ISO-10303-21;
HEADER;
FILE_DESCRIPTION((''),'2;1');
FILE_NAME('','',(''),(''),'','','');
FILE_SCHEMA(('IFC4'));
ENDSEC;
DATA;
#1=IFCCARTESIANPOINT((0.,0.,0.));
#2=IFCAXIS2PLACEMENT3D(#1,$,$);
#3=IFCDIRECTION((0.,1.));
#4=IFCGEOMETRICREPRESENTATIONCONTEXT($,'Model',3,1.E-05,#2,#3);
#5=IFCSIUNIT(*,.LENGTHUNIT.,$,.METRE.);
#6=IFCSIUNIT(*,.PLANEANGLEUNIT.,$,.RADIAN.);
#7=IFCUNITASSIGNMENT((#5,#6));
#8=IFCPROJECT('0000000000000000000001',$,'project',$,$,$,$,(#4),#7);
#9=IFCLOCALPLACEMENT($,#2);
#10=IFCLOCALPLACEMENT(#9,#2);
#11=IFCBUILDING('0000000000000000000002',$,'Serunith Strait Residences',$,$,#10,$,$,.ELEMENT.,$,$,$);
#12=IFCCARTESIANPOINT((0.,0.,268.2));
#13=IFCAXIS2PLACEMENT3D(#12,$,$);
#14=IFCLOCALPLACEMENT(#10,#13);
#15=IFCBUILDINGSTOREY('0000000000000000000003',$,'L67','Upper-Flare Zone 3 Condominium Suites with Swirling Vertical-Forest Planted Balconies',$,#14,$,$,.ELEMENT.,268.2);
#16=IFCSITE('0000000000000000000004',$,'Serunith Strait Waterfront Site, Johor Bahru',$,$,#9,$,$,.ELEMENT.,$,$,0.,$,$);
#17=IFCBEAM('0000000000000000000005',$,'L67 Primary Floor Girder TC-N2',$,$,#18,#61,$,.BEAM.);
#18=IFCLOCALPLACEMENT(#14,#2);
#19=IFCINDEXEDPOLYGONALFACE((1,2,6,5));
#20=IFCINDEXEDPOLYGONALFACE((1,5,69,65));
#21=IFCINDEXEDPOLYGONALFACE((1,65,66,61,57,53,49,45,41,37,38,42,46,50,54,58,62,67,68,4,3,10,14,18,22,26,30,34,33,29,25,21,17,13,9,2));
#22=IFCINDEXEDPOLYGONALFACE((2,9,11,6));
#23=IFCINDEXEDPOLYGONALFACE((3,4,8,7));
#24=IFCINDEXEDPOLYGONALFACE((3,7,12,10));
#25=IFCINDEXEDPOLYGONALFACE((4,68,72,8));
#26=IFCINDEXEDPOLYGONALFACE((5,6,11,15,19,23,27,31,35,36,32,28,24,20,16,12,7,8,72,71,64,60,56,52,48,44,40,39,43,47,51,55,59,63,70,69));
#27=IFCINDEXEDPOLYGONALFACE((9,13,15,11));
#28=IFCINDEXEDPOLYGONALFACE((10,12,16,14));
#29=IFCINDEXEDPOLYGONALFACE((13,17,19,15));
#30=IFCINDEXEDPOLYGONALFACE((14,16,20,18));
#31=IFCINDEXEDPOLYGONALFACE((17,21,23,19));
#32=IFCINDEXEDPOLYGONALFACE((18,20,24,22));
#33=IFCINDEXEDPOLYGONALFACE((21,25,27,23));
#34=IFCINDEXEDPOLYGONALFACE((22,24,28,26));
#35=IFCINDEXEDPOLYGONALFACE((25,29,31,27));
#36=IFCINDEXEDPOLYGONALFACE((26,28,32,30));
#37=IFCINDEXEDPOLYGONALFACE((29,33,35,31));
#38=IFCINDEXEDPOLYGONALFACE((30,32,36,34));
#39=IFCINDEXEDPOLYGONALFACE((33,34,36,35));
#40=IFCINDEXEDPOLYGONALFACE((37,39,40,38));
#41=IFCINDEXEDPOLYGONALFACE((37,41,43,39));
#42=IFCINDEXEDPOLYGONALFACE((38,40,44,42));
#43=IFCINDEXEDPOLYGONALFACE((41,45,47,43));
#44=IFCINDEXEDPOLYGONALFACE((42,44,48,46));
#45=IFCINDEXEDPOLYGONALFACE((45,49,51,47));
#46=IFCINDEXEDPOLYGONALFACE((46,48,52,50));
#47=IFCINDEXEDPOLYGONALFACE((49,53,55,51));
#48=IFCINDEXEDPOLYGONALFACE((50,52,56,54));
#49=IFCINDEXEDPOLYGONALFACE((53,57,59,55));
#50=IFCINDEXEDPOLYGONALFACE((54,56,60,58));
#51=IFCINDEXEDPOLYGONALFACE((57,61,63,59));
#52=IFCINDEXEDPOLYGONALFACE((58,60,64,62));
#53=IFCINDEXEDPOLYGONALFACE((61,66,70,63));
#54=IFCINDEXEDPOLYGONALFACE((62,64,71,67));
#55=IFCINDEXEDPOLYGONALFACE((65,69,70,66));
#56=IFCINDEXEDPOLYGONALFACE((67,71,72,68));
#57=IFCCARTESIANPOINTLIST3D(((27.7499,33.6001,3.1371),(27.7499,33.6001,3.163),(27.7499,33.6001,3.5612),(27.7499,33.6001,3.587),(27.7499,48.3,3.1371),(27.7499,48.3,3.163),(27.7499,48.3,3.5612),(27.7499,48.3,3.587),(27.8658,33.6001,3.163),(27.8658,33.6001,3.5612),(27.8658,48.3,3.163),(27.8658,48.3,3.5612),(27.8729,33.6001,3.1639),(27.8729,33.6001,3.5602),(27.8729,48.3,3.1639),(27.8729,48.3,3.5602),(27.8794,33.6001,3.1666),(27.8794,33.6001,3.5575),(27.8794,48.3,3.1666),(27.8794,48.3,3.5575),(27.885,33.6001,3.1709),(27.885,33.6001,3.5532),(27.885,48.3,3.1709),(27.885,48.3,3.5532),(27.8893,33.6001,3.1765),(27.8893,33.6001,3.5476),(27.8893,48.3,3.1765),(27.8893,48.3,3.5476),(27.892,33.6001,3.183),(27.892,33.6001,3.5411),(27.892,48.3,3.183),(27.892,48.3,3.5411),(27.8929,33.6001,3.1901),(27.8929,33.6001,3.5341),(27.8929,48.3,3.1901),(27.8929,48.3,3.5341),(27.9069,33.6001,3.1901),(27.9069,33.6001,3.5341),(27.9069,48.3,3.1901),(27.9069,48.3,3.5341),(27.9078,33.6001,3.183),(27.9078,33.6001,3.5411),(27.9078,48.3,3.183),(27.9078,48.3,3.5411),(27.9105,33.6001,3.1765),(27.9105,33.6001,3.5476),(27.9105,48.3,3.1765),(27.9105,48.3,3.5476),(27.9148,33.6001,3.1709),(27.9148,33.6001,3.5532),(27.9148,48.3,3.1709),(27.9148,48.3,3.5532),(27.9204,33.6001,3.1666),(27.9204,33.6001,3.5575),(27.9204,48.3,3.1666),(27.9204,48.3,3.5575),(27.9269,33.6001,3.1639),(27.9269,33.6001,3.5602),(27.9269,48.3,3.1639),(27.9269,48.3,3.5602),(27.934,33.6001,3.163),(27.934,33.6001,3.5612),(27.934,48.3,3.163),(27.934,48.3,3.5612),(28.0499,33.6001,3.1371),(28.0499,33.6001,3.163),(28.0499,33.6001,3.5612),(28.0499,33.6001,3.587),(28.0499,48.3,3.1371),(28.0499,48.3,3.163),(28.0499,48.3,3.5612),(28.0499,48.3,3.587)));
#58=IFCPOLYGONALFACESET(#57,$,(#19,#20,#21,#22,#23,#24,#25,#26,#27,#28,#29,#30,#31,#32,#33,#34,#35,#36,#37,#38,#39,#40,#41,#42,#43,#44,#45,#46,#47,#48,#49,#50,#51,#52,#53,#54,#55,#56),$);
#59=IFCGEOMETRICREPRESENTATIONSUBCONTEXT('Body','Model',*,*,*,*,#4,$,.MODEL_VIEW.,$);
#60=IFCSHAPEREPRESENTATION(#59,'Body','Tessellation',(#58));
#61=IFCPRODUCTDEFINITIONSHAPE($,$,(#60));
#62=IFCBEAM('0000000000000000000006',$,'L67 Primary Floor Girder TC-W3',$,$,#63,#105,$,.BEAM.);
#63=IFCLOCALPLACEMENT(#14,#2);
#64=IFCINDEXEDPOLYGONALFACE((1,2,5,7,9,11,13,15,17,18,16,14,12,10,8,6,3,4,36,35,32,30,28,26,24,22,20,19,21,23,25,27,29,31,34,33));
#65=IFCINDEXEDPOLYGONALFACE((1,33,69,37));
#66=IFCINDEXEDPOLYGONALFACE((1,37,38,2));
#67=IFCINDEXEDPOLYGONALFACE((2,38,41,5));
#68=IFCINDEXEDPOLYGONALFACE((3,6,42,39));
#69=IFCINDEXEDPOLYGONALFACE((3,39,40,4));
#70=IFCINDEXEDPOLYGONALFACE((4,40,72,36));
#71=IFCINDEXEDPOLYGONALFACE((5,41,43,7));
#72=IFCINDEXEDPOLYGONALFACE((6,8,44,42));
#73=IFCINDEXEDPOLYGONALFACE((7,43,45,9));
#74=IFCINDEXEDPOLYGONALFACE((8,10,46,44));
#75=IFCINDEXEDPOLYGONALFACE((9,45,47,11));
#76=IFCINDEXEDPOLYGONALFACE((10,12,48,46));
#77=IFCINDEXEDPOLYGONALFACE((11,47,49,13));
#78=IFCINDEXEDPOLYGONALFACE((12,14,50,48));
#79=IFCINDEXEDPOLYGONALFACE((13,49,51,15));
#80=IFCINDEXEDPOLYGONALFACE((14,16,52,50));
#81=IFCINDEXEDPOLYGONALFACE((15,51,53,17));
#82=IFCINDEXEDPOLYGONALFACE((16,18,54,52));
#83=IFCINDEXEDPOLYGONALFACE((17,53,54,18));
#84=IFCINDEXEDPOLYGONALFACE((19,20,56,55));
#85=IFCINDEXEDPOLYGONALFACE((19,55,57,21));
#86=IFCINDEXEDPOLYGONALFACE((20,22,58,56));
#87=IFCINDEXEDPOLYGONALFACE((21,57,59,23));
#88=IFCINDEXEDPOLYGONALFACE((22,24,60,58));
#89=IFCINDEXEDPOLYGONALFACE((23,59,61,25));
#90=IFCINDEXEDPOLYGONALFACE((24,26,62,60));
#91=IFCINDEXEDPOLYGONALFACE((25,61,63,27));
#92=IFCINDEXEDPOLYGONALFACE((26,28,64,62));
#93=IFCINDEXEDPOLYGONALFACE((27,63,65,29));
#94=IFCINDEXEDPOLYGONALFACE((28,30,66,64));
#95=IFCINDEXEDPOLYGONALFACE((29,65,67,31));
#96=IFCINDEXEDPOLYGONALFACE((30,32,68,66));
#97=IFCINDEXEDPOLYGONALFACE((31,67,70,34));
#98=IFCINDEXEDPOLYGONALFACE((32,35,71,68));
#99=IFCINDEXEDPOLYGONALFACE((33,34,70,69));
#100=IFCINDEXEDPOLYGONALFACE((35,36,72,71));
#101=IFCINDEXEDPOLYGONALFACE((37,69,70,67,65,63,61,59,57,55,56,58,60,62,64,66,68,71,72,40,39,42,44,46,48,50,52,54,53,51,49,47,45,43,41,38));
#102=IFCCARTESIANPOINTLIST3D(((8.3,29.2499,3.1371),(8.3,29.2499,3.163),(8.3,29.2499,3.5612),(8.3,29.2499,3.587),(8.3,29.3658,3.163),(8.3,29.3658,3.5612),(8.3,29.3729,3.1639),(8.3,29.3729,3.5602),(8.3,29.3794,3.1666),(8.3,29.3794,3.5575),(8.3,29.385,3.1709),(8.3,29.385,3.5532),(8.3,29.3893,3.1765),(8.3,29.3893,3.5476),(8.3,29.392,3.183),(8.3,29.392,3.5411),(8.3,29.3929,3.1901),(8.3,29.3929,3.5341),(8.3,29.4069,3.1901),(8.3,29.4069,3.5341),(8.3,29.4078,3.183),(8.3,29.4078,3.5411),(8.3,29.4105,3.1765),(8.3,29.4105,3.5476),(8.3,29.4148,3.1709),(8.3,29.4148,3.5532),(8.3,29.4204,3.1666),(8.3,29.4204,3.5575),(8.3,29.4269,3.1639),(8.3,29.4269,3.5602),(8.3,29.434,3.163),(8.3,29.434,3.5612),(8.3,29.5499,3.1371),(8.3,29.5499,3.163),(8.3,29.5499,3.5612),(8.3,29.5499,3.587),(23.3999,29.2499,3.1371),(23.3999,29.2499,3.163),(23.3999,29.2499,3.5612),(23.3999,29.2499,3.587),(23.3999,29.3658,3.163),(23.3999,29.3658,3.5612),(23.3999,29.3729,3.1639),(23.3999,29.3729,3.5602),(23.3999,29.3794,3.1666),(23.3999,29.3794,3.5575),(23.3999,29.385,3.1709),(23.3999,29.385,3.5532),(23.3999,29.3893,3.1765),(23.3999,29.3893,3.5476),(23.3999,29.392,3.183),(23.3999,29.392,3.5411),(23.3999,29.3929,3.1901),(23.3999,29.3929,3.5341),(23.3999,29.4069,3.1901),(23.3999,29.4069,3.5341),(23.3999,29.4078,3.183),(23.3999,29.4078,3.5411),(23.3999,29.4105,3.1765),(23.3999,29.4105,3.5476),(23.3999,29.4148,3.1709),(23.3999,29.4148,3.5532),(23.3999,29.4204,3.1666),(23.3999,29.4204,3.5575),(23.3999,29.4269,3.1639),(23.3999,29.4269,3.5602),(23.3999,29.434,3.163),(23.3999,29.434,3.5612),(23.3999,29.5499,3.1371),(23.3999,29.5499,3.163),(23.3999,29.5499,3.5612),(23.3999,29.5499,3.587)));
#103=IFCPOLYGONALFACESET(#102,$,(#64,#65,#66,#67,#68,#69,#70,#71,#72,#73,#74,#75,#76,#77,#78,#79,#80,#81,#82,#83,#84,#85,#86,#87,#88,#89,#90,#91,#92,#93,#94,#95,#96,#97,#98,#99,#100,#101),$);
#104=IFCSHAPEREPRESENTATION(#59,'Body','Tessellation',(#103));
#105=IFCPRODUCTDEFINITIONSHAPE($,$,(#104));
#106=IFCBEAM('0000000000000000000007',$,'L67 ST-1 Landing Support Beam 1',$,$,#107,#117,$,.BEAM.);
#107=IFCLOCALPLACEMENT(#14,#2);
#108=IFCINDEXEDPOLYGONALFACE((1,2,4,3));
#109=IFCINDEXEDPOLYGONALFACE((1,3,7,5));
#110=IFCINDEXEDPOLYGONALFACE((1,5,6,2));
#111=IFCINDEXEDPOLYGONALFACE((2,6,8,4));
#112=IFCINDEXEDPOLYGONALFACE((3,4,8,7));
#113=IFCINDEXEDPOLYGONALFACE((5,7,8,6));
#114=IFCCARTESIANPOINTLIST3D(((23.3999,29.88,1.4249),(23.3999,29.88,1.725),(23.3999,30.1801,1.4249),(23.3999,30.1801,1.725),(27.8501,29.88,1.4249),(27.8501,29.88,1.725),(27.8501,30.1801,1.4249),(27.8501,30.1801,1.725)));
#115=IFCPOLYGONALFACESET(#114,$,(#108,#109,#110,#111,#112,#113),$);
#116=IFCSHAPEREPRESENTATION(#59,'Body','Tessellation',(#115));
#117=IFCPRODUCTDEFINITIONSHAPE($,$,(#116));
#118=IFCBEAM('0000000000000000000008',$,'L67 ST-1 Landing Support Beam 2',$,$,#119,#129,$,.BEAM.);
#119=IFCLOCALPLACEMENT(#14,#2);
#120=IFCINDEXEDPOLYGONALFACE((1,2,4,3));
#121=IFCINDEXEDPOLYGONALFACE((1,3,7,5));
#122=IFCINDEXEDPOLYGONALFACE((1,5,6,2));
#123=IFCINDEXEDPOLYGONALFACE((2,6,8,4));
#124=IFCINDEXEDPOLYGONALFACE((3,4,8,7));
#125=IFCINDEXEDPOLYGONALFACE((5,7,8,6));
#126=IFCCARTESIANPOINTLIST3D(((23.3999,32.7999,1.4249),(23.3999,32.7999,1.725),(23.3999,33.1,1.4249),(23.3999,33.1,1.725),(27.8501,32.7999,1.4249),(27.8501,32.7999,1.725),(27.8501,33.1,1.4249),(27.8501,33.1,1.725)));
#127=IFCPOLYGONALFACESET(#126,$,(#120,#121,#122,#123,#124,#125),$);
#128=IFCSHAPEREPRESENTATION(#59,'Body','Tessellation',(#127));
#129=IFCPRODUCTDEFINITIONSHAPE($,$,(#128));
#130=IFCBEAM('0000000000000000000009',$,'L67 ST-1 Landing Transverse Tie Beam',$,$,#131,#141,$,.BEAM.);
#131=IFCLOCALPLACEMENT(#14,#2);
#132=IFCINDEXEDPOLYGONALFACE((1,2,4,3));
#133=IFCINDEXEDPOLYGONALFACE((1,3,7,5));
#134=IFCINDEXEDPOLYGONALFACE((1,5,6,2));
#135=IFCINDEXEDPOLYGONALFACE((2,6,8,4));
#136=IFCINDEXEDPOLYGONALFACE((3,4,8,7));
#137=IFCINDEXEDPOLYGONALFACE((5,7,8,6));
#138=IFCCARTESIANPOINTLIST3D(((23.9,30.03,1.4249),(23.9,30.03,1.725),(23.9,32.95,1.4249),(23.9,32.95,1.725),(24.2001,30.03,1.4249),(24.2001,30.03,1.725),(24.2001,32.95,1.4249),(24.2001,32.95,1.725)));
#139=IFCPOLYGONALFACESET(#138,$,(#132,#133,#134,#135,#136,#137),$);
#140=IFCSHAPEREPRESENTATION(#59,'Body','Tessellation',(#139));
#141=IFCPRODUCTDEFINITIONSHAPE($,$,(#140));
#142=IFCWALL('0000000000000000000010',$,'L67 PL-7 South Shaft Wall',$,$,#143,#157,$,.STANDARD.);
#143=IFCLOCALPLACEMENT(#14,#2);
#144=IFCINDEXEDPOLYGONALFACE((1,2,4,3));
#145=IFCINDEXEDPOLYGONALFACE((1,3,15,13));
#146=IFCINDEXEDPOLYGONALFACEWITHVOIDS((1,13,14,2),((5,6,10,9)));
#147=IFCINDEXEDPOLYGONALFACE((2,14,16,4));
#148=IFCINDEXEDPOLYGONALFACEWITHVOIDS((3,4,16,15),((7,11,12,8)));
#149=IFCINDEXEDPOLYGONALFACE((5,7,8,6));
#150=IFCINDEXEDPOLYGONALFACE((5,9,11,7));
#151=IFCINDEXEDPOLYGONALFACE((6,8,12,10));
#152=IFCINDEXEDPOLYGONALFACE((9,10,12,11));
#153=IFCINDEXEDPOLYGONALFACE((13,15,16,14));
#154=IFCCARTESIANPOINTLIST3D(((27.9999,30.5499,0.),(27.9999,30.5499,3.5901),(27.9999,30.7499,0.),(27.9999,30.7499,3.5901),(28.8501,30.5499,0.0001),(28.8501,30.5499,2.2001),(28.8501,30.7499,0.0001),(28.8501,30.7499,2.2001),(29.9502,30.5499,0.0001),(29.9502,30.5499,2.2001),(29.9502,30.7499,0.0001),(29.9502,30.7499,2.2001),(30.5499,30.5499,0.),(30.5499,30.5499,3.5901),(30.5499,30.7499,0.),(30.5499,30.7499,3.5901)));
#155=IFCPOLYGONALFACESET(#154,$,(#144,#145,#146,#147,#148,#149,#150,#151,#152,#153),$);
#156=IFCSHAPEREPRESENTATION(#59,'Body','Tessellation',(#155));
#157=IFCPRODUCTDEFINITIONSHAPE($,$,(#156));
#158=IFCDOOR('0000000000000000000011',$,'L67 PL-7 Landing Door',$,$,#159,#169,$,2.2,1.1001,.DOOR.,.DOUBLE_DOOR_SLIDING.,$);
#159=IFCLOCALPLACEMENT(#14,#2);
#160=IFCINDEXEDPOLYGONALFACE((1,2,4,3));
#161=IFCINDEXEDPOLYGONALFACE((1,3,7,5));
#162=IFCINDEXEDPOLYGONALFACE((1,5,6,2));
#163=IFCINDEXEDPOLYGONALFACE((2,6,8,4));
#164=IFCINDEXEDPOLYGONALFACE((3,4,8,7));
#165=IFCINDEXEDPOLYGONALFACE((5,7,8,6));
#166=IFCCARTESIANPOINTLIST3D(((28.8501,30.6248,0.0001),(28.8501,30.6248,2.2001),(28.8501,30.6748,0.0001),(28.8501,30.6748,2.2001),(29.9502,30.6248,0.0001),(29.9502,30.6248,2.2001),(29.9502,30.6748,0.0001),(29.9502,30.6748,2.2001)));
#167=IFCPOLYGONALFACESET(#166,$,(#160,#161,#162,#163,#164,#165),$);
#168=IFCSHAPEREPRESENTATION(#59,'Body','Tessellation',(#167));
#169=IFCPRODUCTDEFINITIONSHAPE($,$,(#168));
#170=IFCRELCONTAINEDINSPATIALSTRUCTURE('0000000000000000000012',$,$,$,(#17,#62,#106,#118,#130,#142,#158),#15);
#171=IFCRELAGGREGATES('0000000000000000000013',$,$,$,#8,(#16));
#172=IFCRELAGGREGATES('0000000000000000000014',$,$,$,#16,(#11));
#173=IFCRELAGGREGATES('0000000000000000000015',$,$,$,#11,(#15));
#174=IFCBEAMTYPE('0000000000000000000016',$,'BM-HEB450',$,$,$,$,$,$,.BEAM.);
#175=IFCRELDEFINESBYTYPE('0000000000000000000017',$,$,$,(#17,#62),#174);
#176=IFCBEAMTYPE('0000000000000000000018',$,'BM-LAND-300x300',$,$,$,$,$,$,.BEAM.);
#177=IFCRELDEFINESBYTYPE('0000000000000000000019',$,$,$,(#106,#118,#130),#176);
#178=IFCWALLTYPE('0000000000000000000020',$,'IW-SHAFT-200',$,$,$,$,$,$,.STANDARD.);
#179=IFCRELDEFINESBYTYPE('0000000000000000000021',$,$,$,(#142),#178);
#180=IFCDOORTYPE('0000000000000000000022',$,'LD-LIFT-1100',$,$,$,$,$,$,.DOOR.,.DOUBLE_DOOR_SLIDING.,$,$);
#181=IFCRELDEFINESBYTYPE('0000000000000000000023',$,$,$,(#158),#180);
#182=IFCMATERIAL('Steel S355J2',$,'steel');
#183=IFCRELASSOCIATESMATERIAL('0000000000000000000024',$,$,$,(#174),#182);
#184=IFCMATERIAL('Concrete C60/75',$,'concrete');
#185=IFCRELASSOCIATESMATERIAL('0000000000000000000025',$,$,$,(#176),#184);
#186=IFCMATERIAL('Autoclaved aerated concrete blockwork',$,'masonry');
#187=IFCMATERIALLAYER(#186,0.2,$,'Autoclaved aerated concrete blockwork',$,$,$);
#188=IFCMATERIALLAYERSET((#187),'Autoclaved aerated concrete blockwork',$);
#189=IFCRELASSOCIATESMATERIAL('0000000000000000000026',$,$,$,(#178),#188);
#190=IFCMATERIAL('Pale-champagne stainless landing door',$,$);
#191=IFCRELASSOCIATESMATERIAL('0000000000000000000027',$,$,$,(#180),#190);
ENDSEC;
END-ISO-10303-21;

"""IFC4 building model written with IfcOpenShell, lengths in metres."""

from ifc_helpers import new_model, si_unit, direction, frame, frame_2d, origin, origin_2d, place, context, subcontext, project, spatial, rectangle, i_section, extrude, source, transform, mapped, material, layer, layer_set, material_profile, profile_set, type_object, element, fill, save


model = new_model("IFC4")

# Units and contexts
model_context = context("Model", 3, precision=1e-05, world=origin(), true_north=direction((0.0, 1.0)))
body_context = subcontext(model_context, "Body", "Model", "MODEL_VIEW")
ifc_project = project(units=[si_unit("LENGTHUNIT", "METRE"), si_unit("PLANEANGLEUNIT", "RADIAN")], contexts=[model_context])

# Site, building, storey
site_placement = place(None, origin())
site = spatial("IfcSite", under=ifc_project, at=site_placement, Name="Serunith Strait Waterfront Site, Johor Bahru", CompositionType="ELEMENT", RefElevation=0.0)
building_placement = place(site_placement, origin())
building = spatial("IfcBuilding", under=site, at=building_placement, Name="Serunith Strait Residences", CompositionType="ELEMENT")
storey_placement = place(building_placement, frame((0.0, 0.0, 268.2)))
storey = spatial("IfcBuildingStorey", under=building, at=storey_placement, Name="L67", Description="Upper-Flare Zone 3 Condominium Suites with Swirling Vertical-Forest Planted Balconies", CompositionType="ELEMENT", Elevation=268.2)

# Beams
ifc_material_1 = material(Name="Steel S355J2", Category="steel")
ifc_material_profile_1 = material_profile(ifc_material_1, i_section(OverallWidth=0.3, OverallDepth=0.45, WebThickness=0.0139, FlangeThickness=0.0259, FilletRadius=0.0271, at=origin_2d()), Name="HEB 450")
ifc_profile_set_1 = profile_set([ifc_material_profile_1], Name="Steel S355J2")
beam_type_1 = type_object("IfcBeamType", Name="BM-HEB450", PredefinedType="BEAM", material=ifc_profile_set_1)
shared_shape_1 = source(origin(), body_context, "Body", "SweptSolid", [
    extrude(i_section(OverallWidth=0.3, OverallDepth=0.45, WebThickness=0.0139, FlangeThickness=0.0259, FilletRadius=0.0271, at=origin_2d()), origin(), (0.0, 0.0, 1.0), 14.7),
])
beam_1_placement = place(storey_placement, frame((27.8999, 33.6001, 3.3621), z_axis=(0.0, 1.0, 0.0), x_axis=(-1.0, 0.0, 0.0)))
element("IfcBeam", 1, at=beam_1_placement, inside=storey, type_object=beam_type_1, Name="L67 Primary Floor Girder TC-N2", PredefinedType="BEAM", context=body_context, shape_type="MappedRepresentation", body=[
    mapped(shared_shape_1, transform((0.0, 0.0, 0.0), scale=1.0)),
])
shared_shape_2 = source(origin(), body_context, "Body", "SweptSolid", [
    extrude(i_section(OverallWidth=0.3, OverallDepth=0.45, WebThickness=0.0139, FlangeThickness=0.0259, FilletRadius=0.0271, at=origin_2d()), origin(), (0.0, 0.0, 1.0), 15.0999),
])
beam_2_placement = place(storey_placement, frame((23.3999, 29.3999, 3.3621), z_axis=(-1.0, 0.0, 0.0), x_axis=(0.0, -1.0, 0.0)))
element("IfcBeam", 2, at=beam_2_placement, inside=storey, type_object=beam_type_1, Name="L67 Primary Floor Girder TC-W3", PredefinedType="BEAM", context=body_context, shape_type="MappedRepresentation", body=[
    mapped(shared_shape_2, transform((0.0, 0.0, 0.0), scale=1.0)),
])
ifc_material_2 = material(Name="Concrete C60/75", Category="concrete")
ifc_material_profile_2 = material_profile(ifc_material_2, rectangle(XDim=0.3, YDim=0.3, at=origin_2d()), Name="RC 300x300")
ifc_profile_set_2 = profile_set([ifc_material_profile_2], Name="Concrete C60/75")
beam_type_2 = type_object("IfcBeamType", Name="BM-LAND-300x300", PredefinedType="BEAM", material=ifc_profile_set_2)
shared_shape_3 = source(origin(), body_context, "Body", "SweptSolid", [
    extrude(rectangle(XDim=0.3, YDim=0.3, at=origin_2d()), origin(), (0.0, 0.0, 1.0), 4.4502),
])
for number, where, z_axis, x_axis, name in (
    (3, (23.3999, 30.03, 1.575), (1.0, 0.0, 0.0), (0.0, 1.0, 0.0), "L67 ST-1 Landing Support Beam 1"),
    (4, (23.3999, 32.95, 1.575), (1.0, 0.0, 0.0), (0.0, 1.0, 0.0), "L67 ST-1 Landing Support Beam 2"),
):
    element("IfcBeam", number, at=place(storey_placement, frame(where, z_axis=z_axis, x_axis=x_axis)), inside=storey, type_object=beam_type_2, Name=name, PredefinedType="BEAM", context=body_context, shape_type="MappedRepresentation", body=[
        mapped(shared_shape_3, transform((0.0, 0.0, 0.0), scale=1.0)),
    ])
shared_shape_4 = source(origin(), body_context, "Body", "SweptSolid", [
    extrude(rectangle(XDim=0.3, YDim=0.3, at=origin_2d()), origin(), (0.0, 0.0, 1.0), 2.9199),
])
beam_3_placement = place(storey_placement, frame((24.05, 30.03, 1.575), z_axis=(0.0, 1.0, 0.0), x_axis=(-1.0, 0.0, 0.0)))
element("IfcBeam", 5, at=beam_3_placement, inside=storey, type_object=beam_type_2, Name="L67 ST-1 Landing Transverse Tie Beam", PredefinedType="BEAM", context=body_context, shape_type="MappedRepresentation", body=[
    mapped(shared_shape_4, transform((0.0, 0.0, 0.0), scale=1.0)),
])

# Wall, opening, door
ifc_material_3 = material(Name="Autoclaved aerated concrete blockwork", Category="masonry")
ifc_layer = layer(ifc_material_3, 0.2, Name="Autoclaved aerated concrete blockwork")
ifc_layer_set = layer_set([ifc_layer], Name="Autoclaved aerated concrete blockwork")
wall_type = type_object("IfcWallType", Name="IW-SHAFT-200", PredefinedType="STANDARD", material=ifc_layer_set)
wall_1_placement = place(storey_placement, frame((28.0, 30.6499, 0.0), z_axis=(0.0, 0.0, 1.0), x_axis=(1.0, 0.0, 0.0)))
wall_1 = element("IfcWall", 6, at=wall_1_placement, inside=storey, type_object=wall_type, Name="L67 PL-7 South Shaft Wall", PredefinedType="STANDARD", context=body_context, shape_type="SweptSolid", body=[
    extrude(rectangle(XDim=2.55, YDim=0.2, at=frame_2d((1.2749, 0.0))), origin(), (0.0, 0.0, 1.0), 3.5901),
])
opening_1_placement = place(wall_1_placement, frame((0.8501, 0.0, 0.0)))
opening_1 = element("IfcOpeningElement", 7, at=opening_1_placement, cuts=wall_1, PredefinedType="OPENING", context=body_context, shape_type="SweptSolid", body=[
    extrude(rectangle(XDim=1.1001, YDim=2.2, at=frame_2d((0.55, 1.1001))), frame((0.0, 0.1099, 0.0), z_axis=(0.0, -1.0, 0.0), x_axis=(1.0, 0.0, 0.0)), (0.0, 0.0, 1.0), 0.22),
])
ifc_material_4 = material(Name="Pale-champagne stainless landing door")
door_type_1 = type_object("IfcDoorType", Name="LD-LIFT-1100", OperationType="DOUBLE_DOOR_SLIDING", PredefinedType="DOOR", material=ifc_material_4)
shared_shape_5 = source(origin(), body_context, "Body", "SweptSolid", [
    extrude(rectangle(XDim=1.1001, YDim=2.2, at=frame_2d((0.55, 1.1001))), frame((0.0, 0.0249, 0.0), z_axis=(0.0, -1.0, 0.0), x_axis=(1.0, 0.0, 0.0)), (0.0, 0.0, 1.0), 0.05),
])
door_1_placement = place(opening_1_placement, origin())
door_1 = element("IfcDoor", 8, at=door_1_placement, inside=storey, type_object=door_type_1, Name="L67 PL-7 Landing Door", OperationType="DOUBLE_DOOR_SLIDING", OverallHeight=2.2, OverallWidth=1.1001, PredefinedType="DOOR", context=body_context, shape_type="MappedRepresentation", body=[
    mapped(shared_shape_5, transform((0.0, 0.0, 0.0), scale=1.0)),
])
fill(opening_1, door_1)

save(model, "model.ifc")
